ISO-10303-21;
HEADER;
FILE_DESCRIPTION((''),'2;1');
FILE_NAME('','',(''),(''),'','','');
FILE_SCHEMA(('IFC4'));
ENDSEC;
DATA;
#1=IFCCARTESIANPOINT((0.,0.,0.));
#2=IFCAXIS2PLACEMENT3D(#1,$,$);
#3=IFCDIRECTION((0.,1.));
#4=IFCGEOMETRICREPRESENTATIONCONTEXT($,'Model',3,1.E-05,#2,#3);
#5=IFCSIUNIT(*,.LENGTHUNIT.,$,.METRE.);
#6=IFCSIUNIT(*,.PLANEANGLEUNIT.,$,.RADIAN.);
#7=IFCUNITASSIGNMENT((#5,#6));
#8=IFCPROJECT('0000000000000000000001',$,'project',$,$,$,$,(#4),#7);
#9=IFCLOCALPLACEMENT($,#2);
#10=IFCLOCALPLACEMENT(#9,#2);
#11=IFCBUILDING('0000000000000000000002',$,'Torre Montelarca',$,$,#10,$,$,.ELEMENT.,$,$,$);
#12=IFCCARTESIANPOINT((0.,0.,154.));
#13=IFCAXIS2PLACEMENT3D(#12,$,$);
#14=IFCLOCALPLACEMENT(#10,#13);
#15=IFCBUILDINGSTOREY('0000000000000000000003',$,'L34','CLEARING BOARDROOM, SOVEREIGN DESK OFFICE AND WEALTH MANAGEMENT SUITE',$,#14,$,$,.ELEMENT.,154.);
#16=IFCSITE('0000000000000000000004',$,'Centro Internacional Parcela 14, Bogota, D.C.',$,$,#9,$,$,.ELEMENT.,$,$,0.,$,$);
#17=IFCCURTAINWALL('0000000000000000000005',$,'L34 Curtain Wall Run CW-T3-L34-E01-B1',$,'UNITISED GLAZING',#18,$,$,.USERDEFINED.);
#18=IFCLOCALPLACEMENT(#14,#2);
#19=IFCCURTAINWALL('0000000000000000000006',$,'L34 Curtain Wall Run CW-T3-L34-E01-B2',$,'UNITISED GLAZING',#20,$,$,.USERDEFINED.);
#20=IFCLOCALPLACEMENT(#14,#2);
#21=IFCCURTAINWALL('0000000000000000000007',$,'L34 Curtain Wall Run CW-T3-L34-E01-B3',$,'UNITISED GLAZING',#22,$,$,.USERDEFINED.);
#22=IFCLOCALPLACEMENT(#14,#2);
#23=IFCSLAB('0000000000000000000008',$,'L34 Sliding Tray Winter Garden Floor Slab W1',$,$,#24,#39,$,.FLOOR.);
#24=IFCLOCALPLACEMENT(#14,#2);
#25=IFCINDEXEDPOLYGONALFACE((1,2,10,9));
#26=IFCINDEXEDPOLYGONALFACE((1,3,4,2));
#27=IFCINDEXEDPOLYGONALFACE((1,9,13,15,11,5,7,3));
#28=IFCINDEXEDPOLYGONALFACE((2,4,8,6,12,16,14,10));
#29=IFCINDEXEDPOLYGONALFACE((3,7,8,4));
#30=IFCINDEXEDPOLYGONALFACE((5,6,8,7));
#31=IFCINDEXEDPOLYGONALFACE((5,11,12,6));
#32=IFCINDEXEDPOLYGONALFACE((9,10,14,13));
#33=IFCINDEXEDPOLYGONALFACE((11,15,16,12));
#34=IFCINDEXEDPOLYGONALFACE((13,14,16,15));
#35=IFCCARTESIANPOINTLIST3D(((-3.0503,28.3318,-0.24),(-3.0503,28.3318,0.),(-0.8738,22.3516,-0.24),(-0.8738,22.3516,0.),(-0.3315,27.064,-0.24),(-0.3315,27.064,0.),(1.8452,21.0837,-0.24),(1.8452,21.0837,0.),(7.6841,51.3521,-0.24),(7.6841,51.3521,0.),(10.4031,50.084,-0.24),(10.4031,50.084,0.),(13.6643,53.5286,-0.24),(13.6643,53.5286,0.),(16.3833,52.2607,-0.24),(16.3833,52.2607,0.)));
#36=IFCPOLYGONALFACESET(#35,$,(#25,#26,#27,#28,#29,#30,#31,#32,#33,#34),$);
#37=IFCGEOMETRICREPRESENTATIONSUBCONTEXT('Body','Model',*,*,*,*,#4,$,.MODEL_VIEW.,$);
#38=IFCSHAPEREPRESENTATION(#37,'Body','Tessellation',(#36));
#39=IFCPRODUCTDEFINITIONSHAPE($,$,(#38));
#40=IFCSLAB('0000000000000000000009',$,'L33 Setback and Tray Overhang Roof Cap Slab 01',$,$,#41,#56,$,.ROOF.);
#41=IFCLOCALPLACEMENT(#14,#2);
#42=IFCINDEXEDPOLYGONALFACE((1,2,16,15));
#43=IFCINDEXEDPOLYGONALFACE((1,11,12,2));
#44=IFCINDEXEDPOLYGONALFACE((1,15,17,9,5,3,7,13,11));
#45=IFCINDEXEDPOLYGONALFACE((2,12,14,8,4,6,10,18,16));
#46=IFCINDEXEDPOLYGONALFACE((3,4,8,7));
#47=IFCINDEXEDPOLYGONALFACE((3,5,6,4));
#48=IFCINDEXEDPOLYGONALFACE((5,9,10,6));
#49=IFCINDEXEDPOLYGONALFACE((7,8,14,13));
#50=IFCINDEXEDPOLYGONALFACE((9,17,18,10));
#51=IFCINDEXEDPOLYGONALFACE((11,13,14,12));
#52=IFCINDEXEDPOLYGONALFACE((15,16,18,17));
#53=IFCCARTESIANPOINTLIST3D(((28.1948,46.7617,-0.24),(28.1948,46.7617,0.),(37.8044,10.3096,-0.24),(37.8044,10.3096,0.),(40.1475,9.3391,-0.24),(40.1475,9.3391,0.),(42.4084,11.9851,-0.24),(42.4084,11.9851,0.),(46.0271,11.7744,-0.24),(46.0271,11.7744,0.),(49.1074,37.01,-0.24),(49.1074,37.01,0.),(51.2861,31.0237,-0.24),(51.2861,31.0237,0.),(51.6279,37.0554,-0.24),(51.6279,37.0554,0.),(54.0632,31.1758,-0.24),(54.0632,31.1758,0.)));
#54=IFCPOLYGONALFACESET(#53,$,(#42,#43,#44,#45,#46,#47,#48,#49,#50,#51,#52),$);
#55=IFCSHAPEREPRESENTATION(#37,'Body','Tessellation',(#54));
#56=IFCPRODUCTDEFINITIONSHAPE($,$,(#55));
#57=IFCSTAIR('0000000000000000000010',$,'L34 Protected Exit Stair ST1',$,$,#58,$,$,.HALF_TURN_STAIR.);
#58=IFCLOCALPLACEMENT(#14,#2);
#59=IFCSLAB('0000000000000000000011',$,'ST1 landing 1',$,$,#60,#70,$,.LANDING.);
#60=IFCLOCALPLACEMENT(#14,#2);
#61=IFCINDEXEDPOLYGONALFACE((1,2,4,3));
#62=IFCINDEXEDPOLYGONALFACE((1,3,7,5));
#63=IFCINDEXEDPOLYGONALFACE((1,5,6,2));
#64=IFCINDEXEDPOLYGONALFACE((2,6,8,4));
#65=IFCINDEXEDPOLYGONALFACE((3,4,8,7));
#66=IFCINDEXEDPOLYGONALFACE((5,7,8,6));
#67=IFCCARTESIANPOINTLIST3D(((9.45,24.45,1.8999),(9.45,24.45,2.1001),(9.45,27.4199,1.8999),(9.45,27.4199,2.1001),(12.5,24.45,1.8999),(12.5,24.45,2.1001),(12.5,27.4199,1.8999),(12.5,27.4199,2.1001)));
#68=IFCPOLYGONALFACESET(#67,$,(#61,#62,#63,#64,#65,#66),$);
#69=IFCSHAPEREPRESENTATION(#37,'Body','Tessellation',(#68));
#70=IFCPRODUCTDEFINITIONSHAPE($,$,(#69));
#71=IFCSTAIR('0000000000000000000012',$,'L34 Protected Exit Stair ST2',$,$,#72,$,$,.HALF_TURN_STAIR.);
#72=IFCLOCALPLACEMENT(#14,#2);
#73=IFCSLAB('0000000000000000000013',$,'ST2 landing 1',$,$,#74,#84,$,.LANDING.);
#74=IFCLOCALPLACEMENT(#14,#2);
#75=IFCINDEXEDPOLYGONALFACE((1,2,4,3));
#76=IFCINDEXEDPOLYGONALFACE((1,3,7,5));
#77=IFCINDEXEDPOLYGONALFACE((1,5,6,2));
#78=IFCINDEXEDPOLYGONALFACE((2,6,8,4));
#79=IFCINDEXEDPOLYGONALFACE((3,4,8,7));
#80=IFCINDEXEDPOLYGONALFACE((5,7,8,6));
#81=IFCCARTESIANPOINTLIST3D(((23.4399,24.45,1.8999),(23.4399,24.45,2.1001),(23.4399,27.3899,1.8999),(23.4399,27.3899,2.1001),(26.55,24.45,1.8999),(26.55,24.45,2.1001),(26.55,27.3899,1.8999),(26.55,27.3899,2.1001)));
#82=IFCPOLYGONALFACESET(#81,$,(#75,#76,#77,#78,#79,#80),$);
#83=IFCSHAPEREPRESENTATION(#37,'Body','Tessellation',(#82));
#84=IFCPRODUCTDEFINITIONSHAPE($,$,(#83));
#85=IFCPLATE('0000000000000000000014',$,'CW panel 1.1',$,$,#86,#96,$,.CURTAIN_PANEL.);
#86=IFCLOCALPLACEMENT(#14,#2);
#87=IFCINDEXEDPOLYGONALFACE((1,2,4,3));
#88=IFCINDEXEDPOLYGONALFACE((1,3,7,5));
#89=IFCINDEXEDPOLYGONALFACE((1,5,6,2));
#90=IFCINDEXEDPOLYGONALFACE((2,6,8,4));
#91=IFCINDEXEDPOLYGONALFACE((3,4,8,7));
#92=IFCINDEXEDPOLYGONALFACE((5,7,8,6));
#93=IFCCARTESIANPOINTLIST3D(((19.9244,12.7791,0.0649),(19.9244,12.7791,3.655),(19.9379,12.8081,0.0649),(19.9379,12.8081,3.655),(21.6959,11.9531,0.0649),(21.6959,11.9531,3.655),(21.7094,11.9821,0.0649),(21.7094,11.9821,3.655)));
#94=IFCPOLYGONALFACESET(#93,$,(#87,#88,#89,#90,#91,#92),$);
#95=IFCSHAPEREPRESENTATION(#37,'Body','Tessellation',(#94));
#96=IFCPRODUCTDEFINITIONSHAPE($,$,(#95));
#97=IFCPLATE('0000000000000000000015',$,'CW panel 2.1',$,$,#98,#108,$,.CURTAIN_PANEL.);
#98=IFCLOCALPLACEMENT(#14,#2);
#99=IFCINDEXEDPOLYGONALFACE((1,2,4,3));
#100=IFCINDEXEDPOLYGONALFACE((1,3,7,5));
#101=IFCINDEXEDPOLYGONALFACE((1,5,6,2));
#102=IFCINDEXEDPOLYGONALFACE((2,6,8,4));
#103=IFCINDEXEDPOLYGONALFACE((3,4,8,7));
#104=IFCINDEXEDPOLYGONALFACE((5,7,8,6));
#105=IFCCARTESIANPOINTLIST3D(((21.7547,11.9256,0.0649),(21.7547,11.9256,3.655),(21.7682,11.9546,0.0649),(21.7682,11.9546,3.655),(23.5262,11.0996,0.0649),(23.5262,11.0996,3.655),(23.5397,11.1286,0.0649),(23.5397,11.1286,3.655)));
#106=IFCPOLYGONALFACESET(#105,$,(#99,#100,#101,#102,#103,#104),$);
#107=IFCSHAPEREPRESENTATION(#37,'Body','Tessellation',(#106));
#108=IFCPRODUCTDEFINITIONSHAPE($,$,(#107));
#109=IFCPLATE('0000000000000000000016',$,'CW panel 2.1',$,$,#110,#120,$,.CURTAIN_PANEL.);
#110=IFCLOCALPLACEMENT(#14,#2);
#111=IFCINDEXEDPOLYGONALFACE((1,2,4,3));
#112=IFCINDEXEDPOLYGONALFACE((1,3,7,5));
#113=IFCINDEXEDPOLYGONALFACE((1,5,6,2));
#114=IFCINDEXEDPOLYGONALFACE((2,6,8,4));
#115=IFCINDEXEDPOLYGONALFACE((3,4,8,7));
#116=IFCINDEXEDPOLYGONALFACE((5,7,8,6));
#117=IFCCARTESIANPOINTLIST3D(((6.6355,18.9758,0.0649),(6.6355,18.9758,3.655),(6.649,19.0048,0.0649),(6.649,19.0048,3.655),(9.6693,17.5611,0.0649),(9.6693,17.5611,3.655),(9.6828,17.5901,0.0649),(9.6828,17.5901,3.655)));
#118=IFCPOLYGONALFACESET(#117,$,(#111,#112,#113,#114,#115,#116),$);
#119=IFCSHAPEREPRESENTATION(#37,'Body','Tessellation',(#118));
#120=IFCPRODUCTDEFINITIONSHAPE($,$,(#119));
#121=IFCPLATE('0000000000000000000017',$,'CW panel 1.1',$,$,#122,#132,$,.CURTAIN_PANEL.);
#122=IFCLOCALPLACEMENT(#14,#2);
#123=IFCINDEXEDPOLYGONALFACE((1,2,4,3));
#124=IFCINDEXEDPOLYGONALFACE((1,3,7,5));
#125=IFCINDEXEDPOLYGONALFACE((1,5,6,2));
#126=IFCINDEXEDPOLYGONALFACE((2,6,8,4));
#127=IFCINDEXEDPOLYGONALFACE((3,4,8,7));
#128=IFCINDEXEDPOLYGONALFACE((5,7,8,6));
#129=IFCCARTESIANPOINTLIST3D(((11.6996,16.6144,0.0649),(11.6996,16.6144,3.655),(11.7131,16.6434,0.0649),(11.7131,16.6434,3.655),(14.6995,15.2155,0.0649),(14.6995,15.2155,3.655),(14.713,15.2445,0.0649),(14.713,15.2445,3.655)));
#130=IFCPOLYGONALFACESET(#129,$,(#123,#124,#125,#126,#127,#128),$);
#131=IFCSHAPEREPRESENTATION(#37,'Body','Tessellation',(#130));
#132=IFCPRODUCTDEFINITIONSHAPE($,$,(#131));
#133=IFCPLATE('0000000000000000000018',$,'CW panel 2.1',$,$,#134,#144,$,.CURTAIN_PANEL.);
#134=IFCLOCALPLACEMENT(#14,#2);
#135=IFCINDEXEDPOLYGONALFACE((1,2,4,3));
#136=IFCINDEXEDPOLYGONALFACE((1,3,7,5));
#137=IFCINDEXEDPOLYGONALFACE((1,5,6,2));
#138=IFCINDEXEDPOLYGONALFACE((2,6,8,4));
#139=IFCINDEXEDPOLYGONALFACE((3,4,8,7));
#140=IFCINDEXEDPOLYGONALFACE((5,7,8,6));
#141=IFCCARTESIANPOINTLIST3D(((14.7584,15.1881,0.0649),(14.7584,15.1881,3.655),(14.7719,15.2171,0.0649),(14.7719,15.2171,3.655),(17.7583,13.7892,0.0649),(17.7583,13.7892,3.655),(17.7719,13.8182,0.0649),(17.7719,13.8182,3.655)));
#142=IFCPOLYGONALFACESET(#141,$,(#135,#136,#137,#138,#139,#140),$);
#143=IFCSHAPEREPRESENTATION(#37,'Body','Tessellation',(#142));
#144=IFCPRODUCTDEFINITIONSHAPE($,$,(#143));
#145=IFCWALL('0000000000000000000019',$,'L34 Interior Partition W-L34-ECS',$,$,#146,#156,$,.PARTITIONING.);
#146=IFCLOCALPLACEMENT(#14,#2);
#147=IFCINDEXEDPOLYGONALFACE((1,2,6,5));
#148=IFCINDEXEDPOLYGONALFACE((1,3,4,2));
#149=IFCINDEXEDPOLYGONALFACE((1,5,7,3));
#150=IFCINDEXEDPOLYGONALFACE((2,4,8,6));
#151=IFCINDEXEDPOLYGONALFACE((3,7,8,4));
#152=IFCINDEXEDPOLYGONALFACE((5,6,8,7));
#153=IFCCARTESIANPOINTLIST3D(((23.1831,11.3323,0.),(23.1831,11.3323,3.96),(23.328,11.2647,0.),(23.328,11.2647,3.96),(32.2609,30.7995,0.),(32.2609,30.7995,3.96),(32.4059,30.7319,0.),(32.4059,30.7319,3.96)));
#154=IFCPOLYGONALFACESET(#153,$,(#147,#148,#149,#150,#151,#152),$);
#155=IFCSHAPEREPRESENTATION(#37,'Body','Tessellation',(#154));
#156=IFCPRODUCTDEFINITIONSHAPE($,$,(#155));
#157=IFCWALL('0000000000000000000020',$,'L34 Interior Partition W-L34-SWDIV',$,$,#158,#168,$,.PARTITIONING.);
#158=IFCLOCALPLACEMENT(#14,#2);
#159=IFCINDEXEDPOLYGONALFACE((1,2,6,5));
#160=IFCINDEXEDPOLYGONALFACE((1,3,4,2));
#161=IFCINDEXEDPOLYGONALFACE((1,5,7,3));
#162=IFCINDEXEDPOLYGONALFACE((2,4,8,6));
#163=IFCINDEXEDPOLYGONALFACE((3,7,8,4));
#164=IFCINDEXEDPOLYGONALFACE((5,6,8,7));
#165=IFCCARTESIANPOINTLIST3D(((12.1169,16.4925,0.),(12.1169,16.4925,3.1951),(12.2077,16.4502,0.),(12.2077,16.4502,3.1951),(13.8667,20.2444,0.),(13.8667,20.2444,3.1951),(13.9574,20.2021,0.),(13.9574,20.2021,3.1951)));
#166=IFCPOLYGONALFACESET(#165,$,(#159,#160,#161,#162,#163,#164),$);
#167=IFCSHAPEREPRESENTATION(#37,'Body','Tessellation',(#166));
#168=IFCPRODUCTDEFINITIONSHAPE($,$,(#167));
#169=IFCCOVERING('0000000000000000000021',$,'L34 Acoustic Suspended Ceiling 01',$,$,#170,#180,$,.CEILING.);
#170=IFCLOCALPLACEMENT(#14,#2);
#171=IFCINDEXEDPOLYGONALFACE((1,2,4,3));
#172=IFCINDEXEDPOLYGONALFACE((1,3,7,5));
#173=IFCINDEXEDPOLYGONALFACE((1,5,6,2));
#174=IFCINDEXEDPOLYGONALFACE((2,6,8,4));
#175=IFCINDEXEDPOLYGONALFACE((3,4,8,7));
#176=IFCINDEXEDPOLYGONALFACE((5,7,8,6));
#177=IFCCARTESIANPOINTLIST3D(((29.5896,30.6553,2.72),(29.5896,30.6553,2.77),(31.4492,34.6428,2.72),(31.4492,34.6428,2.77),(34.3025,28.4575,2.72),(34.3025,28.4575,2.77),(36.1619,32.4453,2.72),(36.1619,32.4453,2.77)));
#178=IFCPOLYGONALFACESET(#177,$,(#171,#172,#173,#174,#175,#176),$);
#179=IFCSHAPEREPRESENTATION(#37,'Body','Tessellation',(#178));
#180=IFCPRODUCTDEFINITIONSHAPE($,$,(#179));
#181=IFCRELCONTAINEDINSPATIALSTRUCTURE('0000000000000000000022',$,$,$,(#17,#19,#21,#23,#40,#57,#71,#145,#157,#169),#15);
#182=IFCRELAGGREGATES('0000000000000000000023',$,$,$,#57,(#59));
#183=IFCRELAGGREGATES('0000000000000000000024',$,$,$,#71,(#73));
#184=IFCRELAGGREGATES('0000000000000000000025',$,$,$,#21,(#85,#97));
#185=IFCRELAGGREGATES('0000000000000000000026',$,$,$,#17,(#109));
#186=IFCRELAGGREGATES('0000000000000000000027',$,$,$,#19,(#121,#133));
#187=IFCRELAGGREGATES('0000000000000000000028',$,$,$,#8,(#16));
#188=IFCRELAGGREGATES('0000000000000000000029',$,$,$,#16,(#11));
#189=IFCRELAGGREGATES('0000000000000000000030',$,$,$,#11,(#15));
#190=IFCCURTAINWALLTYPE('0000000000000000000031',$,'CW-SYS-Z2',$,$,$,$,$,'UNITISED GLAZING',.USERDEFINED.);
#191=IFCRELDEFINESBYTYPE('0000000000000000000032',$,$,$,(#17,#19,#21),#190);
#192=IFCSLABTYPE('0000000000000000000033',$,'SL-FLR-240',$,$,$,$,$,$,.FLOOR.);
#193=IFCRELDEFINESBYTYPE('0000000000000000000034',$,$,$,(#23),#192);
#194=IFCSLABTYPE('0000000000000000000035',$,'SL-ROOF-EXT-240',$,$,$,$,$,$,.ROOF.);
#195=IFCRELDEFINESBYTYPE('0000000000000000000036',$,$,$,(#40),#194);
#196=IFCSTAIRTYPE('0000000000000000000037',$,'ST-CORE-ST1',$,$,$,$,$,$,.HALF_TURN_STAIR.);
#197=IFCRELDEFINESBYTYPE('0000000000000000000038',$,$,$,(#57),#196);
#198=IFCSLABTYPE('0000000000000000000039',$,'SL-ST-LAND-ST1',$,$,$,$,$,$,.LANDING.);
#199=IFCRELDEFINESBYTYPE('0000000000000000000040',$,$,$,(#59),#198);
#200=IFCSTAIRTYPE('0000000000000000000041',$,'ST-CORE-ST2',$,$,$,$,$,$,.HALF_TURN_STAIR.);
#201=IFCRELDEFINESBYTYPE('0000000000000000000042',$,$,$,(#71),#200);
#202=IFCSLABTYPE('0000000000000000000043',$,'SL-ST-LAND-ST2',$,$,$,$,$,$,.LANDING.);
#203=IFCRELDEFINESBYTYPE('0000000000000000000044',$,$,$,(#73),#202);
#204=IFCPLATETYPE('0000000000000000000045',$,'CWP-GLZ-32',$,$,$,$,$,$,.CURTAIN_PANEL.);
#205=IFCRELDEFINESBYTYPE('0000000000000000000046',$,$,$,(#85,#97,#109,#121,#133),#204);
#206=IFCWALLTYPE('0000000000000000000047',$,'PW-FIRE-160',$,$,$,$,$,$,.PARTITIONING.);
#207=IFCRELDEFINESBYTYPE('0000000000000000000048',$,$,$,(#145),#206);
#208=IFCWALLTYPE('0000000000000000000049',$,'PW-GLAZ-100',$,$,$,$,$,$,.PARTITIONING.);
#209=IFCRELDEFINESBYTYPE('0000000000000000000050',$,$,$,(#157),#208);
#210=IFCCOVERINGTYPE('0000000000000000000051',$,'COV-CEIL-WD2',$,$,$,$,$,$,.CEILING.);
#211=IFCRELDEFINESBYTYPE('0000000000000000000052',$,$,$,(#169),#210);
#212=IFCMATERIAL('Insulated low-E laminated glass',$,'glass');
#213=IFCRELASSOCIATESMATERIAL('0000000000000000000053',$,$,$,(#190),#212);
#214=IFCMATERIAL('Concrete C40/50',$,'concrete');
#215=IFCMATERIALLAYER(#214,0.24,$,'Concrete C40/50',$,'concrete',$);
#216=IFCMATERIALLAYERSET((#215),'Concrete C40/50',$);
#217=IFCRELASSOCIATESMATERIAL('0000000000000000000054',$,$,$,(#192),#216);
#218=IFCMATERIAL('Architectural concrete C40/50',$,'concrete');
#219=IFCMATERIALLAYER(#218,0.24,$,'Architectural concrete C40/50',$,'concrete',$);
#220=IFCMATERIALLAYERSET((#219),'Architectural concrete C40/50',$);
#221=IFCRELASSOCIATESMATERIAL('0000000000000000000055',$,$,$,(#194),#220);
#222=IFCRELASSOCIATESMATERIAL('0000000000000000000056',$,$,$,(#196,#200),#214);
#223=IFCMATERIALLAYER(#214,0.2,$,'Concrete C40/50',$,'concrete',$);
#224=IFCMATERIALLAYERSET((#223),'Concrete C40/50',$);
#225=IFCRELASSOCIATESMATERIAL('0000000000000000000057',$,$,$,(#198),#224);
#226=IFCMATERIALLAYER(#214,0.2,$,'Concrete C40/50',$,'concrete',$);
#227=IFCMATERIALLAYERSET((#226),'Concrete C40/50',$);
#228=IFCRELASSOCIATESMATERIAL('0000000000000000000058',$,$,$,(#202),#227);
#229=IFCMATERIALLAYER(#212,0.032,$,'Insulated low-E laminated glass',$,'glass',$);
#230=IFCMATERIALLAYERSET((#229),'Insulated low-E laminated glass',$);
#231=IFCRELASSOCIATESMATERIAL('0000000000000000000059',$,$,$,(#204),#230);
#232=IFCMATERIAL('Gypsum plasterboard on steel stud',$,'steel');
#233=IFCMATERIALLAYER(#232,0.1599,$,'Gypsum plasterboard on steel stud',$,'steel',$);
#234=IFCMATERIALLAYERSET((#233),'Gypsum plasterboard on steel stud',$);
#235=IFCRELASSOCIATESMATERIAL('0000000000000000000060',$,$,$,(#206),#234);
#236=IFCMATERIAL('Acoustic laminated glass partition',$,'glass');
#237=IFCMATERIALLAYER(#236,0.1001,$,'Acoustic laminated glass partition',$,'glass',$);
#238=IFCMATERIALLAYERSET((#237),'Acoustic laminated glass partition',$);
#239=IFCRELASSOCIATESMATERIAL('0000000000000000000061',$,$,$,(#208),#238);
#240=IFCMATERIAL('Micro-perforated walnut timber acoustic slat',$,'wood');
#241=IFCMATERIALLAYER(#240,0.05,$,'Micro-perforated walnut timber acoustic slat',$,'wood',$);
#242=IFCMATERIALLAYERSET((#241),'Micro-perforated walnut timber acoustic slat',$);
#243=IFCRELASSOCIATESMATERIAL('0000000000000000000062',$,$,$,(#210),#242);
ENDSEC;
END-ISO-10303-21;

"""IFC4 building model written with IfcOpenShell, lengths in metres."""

from ifc_helpers import new_model, si_unit, direction, frame, frame_2d, origin, origin_2d, place, context, subcontext, project, spatial, polyline, rectangle, outline, extrude, source, transform, mapped, material, layer, layer_set, type_object, element, aggregate, save


model = new_model("IFC4")

# Units and contexts
model_context = context("Model", 3, precision=1e-05, world=origin(), true_north=direction((0.0, 1.0)))
body_context = subcontext(model_context, "Body", "Model", "MODEL_VIEW")
ifc_project = project(units=[si_unit("LENGTHUNIT", "METRE"), si_unit("PLANEANGLEUNIT", "RADIAN")], contexts=[model_context])

# Site, building, storey
site_placement = place(None, origin())
site = spatial("IfcSite", under=ifc_project, at=site_placement, Name="Centro Internacional Parcela 14, Bogota, D.C.", CompositionType="ELEMENT", RefElevation=0.0)
building_placement = place(site_placement, origin())
building = spatial("IfcBuilding", under=site, at=building_placement, Name="Torre Montelarca", CompositionType="ELEMENT")
storey_placement = place(building_placement, frame((0.0, 0.0, 154.0)))
storey = spatial("IfcBuildingStorey", under=building, at=storey_placement, Name="L34", Description="CLEARING BOARDROOM, SOVEREIGN DESK OFFICE AND WEALTH MANAGEMENT SUITE", CompositionType="ELEMENT", Elevation=154.0)

# Curtain wall
ifc_material_1 = material(Name="Insulated low-E laminated glass", Category="glass")
curtain_wall_type = type_object("IfcCurtainWallType", Name="CW-SYS-Z2", ElementType="UNITISED GLAZING", PredefinedType="USERDEFINED", material=ifc_material_1)
curtain_wall_1_placement = place(storey_placement, origin())
curtain_wall_1 = element("IfcCurtainWall", 1, at=curtain_wall_1_placement, inside=storey, type_object=curtain_wall_type, Name="L34 Curtain Wall Run CW-T3-L34-E01-B1", ObjectType="UNITISED GLAZING", PredefinedType="USERDEFINED")

# Curtain walls
curtain_wall_2_placement = place(storey_placement, origin())
curtain_wall_2 = element("IfcCurtainWall", 2, at=curtain_wall_2_placement, inside=storey, type_object=curtain_wall_type, Name="L34 Curtain Wall Run CW-T3-L34-E01-B2", ObjectType="UNITISED GLAZING", PredefinedType="USERDEFINED")
curtain_wall_3_placement = place(storey_placement, origin())
curtain_wall_3 = element("IfcCurtainWall", 3, at=curtain_wall_3_placement, inside=storey, type_object=curtain_wall_type, Name="L34 Curtain Wall Run CW-T3-L34-E01-B3", ObjectType="UNITISED GLAZING", PredefinedType="USERDEFINED")

# Slabs
ifc_material_2 = material(Name="Concrete C40/50", Category="concrete")
ifc_layer_1 = layer(ifc_material_2, 0.24, Name="Concrete C40/50", Category="concrete")
ifc_layer_set_1 = layer_set([ifc_layer_1], Name="Concrete C40/50")
slab_type_1 = type_object("IfcSlabType", Name="SL-FLR-240", PredefinedType="FLOOR", material=ifc_layer_set_1)
slab_1_placement = place(storey_placement, frame((0.0, 0.0, -0.24)))
element("IfcSlab", 4, at=slab_1_placement, inside=storey, type_object=slab_type_1, Name="L34 Sliding Tray Winter Garden Floor Slab W1", PredefinedType="FLOOR", context=body_context, shape_type="SweptSolid", body=[
    extrude(outline(polyline([(1.8452, 21.0837), (-0.3315, 27.064), (10.4031, 50.084), (16.3833, 52.2607), (13.6643, 53.5286), (7.6841, 51.3521), (-3.0503, 28.3318), (-0.8738, 22.3516), (1.8452, 21.0837)])), origin(), (0.0, 0.0, 1.0), 0.24),
])
ifc_material_3 = material(Name="Architectural concrete C40/50", Category="concrete")
ifc_layer_2 = layer(ifc_material_3, 0.24, Name="Architectural concrete C40/50", Category="concrete")
ifc_layer_set_2 = layer_set([ifc_layer_2], Name="Architectural concrete C40/50")
slab_type_2 = type_object("IfcSlabType", Name="SL-ROOF-EXT-240", PredefinedType="ROOF", material=ifc_layer_set_2)
slab_2_placement = place(storey_placement, frame((0.0, 0.0, -0.24)))
element("IfcSlab", 5, at=slab_2_placement, inside=storey, type_object=slab_type_2, Name="L33 Setback and Tray Overhang Roof Cap Slab 01", PredefinedType="ROOF", context=body_context, shape_type="SweptSolid", body=[
    extrude(outline(polyline([(49.1074, 37.01), (51.2861, 31.0237), (42.4084, 11.9851), (37.8044, 10.3096), (40.1475, 9.3391), (46.0271, 11.7744), (54.0632, 31.1758), (51.6279, 37.0554), (28.1948, 46.7617), (49.1074, 37.01)])), origin(), (0.0, 0.0, 1.0), 0.24),
])

# Stairs, slabs
stair_type_1 = type_object("IfcStairType", Name="ST-CORE-ST1", PredefinedType="HALF_TURN_STAIR", material=ifc_material_2)
stair_1_placement = place(storey_placement, origin())
stair_1 = element("IfcStair", 6, at=stair_1_placement, inside=storey, type_object=stair_type_1, Name="L34 Protected Exit Stair ST1", PredefinedType="HALF_TURN_STAIR")
ifc_layer_3 = layer(ifc_material_2, 0.2, Name="Concrete C40/50", Category="concrete")
ifc_layer_set_3 = layer_set([ifc_layer_3], Name="Concrete C40/50")
slab_type_3 = type_object("IfcSlabType", Name="SL-ST-LAND-ST1", PredefinedType="LANDING", material=ifc_layer_set_3)
slab_3_placement = place(storey_placement, frame((0.0, 0.0, 1.8999)))
slab_3 = element("IfcSlab", 7, at=slab_3_placement, type_object=slab_type_3, Name="ST1 landing 1", PredefinedType="LANDING", context=body_context, shape_type="SweptSolid", body=[
    extrude(outline(polyline([(9.45, 27.4199), (9.45, 24.45), (12.5, 24.45), (12.5, 27.4199), (9.45, 27.4199)])), origin(), (0.0, 0.0, 1.0), 0.2002),
])
aggregate(stair_1, [slab_3])
stair_type_2 = type_object("IfcStairType", Name="ST-CORE-ST2", PredefinedType="HALF_TURN_STAIR", material=ifc_material_2)
stair_2_placement = place(storey_placement, origin())
stair_2 = element("IfcStair", 8, at=stair_2_placement, inside=storey, type_object=stair_type_2, Name="L34 Protected Exit Stair ST2", PredefinedType="HALF_TURN_STAIR")
ifc_layer_4 = layer(ifc_material_2, 0.2, Name="Concrete C40/50", Category="concrete")
ifc_layer_set_4 = layer_set([ifc_layer_4], Name="Concrete C40/50")
slab_type_4 = type_object("IfcSlabType", Name="SL-ST-LAND-ST2", PredefinedType="LANDING", material=ifc_layer_set_4)
slab_4_placement = place(storey_placement, frame((0.0, 0.0, 1.8999)))
slab_4 = element("IfcSlab", 9, at=slab_4_placement, type_object=slab_type_4, Name="ST2 landing 1", PredefinedType="LANDING", context=body_context, shape_type="SweptSolid", body=[
    extrude(outline(polyline([(23.4399, 27.3899), (23.4399, 24.45), (26.55, 24.45), (26.55, 27.3899), (23.4399, 27.3899)])), origin(), (0.0, 0.0, 1.0), 0.2002),
])
aggregate(stair_2, [slab_4])

# Plates
ifc_layer_5 = layer(ifc_material_1, 0.032, Name="Insulated low-E laminated glass", Category="glass")
ifc_layer_set_5 = layer_set([ifc_layer_5], Name="Insulated low-E laminated glass")
plate_type = type_object("IfcPlateType", Name="CWP-GLZ-32", PredefinedType="CURTAIN_PANEL", material=ifc_layer_set_5)
shared_shape_1 = source(origin(), body_context, "Body", "SweptSolid", [
    extrude(rectangle(XDim=1.9546, YDim=0.032, at=origin_2d()), origin(), (0.0, 0.0, 1.0), 3.5901),
])
plate_1_placement = place(storey_placement, frame((20.8169, 12.3806, 0.0649), z_axis=(0.0, 0.0, 1.0), x_axis=(0.906311, -0.422612, 0.0)))
plate_1 = element("IfcPlate", 10, at=plate_1_placement, type_object=plate_type, Name="CW panel 1.1", PredefinedType="CURTAIN_PANEL", context=body_context, shape_type="MappedRepresentation", body=[
    mapped(shared_shape_1, transform((0.0, 0.0, 0.0), scale=1.0)),
])
plate_2_placement = place(storey_placement, frame((22.6472, 11.5271, 0.0649), z_axis=(0.0, 0.0, 1.0), x_axis=(0.906311, -0.422612, 0.0)))
plate_2 = element("IfcPlate", 11, at=plate_2_placement, type_object=plate_type, Name="CW panel 2.1", PredefinedType="CURTAIN_PANEL", context=body_context, shape_type="MappedRepresentation", body=[
    mapped(shared_shape_1, transform((0.0, 0.0, 0.0), scale=1.0)),
])
aggregate(curtain_wall_3, [plate_1, plate_2])
shared_shape_2 = source(origin(), body_context, "Body", "SweptSolid", [
    extrude(rectangle(XDim=3.3474, YDim=0.032, at=origin_2d()), origin(), (0.0, 0.0, 1.0), 3.5901),
])
plate_3_placement = place(storey_placement, frame((8.1592, 18.283, 0.0649), z_axis=(0.0, 0.0, 1.0), x_axis=(0.906311, -0.422611, 0.0)))
plate_3 = element("IfcPlate", 12, at=plate_3_placement, type_object=plate_type, Name="CW panel 2.1", PredefinedType="CURTAIN_PANEL", context=body_context, shape_type="MappedRepresentation", body=[
    mapped(shared_shape_2, transform((0.0, 0.0, 0.0), scale=1.0)),
])
aggregate(curtain_wall_1, [plate_3])
shared_shape_3 = source(origin(), body_context, "Body", "SweptSolid", [
    extrude(rectangle(XDim=3.3101, YDim=0.032, at=origin_2d()), origin(), (0.0, 0.0, 1.0), 3.5901),
])
plate_4_placement = place(storey_placement, frame((13.2063, 15.9294, 0.0649), z_axis=(0.0, 0.0, 1.0), x_axis=(0.906311, -0.422612, 0.0)))
plate_4 = element("IfcPlate", 13, at=plate_4_placement, type_object=plate_type, Name="CW panel 1.1", PredefinedType="CURTAIN_PANEL", context=body_context, shape_type="MappedRepresentation", body=[
    mapped(shared_shape_3, transform((0.0, 0.0, 0.0), scale=1.0)),
])
plate_5_placement = place(storey_placement, frame((16.2651, 14.5032, 0.0649), z_axis=(0.0, 0.0, 1.0), x_axis=(0.906311, -0.422612, 0.0)))
plate_5 = element("IfcPlate", 14, at=plate_5_placement, type_object=plate_type, Name="CW panel 2.1", PredefinedType="CURTAIN_PANEL", context=body_context, shape_type="MappedRepresentation", body=[
    mapped(shared_shape_3, transform((0.0, 0.0, 0.0), scale=1.0)),
])
aggregate(curtain_wall_2, [plate_4, plate_5])

# Walls
ifc_material_4 = material(Name="Gypsum plasterboard on steel stud", Category="steel")
ifc_layer_6 = layer(ifc_material_4, 0.1599, Name="Gypsum plasterboard on steel stud", Category="steel")
ifc_layer_set_6 = layer_set([ifc_layer_6], Name="Gypsum plasterboard on steel stud")
wall_type_1 = type_object("IfcWallType", Name="PW-FIRE-160", PredefinedType="PARTITIONING", material=ifc_layer_set_6)
wall_1_placement = place(storey_placement, frame((23.2556, 11.2986, 0.0), z_axis=(0.0, 0.0, 1.0), x_axis=(0.422623, 0.906305, 0.0)))
element("IfcWall", 15, at=wall_1_placement, inside=storey, type_object=wall_type_1, Name="L34 Interior Partition W-L34-ECS", PredefinedType="PARTITIONING", context=body_context, shape_type="SweptSolid", body=[
    extrude(rectangle(XDim=21.4797, YDim=0.1599, at=frame_2d((10.7397, 0.0))), origin(), (0.0, 0.0, 1.0), 3.96),
])
ifc_material_5 = material(Name="Acoustic laminated glass partition", Category="glass")
ifc_layer_7 = layer(ifc_material_5, 0.1001, Name="Acoustic laminated glass partition", Category="glass")
ifc_layer_set_7 = layer_set([ifc_layer_7], Name="Acoustic laminated glass partition")
wall_type_2 = type_object("IfcWallType", Name="PW-GLAZ-100", PredefinedType="PARTITIONING", material=ifc_layer_set_7)
wall_2_placement = place(storey_placement, frame((12.1624, 16.4714, 0.0), z_axis=(0.0, 0.0, 1.0), x_axis=(0.422656, 0.90629, 0.0)))
element("IfcWall", 16, at=wall_2_placement, inside=storey, type_object=wall_type_2, Name="L34 Interior Partition W-L34-SWDIV", PredefinedType="PARTITIONING", context=body_context, shape_type="SweptSolid", body=[
    extrude(rectangle(XDim=4.1399, YDim=0.1001, at=frame_2d((2.0698, 0.0))), origin(), (0.0, 0.0, 1.0), 3.1951),
])

# Covering
ifc_material_6 = material(Name="Micro-perforated walnut timber acoustic slat", Category="wood")
ifc_layer_8 = layer(ifc_material_6, 0.05, Name="Micro-perforated walnut timber acoustic slat", Category="wood")
ifc_layer_set_8 = layer_set([ifc_layer_8], Name="Micro-perforated walnut timber acoustic slat")
covering_type_1 = type_object("IfcCoveringType", Name="COV-CEIL-WD2", PredefinedType="CEILING", material=ifc_layer_set_8)
covering_1_placement = place(storey_placement, frame((0.0, 0.0, 2.72)))
element("IfcCovering", 17, at=covering_1_placement, inside=storey, type_object=covering_type_1, Name="L34 Acoustic Suspended Ceiling 01", PredefinedType="CEILING", context=body_context, shape_type="SweptSolid", body=[
    extrude(outline(polyline([(29.5896, 30.6553), (34.3025, 28.4575), (36.1619, 32.4453), (31.4492, 34.6428), (29.5896, 30.6553)])), origin(), (0.0, 0.0, 1.0), 0.05),
])

save(model, "model.ifc")
